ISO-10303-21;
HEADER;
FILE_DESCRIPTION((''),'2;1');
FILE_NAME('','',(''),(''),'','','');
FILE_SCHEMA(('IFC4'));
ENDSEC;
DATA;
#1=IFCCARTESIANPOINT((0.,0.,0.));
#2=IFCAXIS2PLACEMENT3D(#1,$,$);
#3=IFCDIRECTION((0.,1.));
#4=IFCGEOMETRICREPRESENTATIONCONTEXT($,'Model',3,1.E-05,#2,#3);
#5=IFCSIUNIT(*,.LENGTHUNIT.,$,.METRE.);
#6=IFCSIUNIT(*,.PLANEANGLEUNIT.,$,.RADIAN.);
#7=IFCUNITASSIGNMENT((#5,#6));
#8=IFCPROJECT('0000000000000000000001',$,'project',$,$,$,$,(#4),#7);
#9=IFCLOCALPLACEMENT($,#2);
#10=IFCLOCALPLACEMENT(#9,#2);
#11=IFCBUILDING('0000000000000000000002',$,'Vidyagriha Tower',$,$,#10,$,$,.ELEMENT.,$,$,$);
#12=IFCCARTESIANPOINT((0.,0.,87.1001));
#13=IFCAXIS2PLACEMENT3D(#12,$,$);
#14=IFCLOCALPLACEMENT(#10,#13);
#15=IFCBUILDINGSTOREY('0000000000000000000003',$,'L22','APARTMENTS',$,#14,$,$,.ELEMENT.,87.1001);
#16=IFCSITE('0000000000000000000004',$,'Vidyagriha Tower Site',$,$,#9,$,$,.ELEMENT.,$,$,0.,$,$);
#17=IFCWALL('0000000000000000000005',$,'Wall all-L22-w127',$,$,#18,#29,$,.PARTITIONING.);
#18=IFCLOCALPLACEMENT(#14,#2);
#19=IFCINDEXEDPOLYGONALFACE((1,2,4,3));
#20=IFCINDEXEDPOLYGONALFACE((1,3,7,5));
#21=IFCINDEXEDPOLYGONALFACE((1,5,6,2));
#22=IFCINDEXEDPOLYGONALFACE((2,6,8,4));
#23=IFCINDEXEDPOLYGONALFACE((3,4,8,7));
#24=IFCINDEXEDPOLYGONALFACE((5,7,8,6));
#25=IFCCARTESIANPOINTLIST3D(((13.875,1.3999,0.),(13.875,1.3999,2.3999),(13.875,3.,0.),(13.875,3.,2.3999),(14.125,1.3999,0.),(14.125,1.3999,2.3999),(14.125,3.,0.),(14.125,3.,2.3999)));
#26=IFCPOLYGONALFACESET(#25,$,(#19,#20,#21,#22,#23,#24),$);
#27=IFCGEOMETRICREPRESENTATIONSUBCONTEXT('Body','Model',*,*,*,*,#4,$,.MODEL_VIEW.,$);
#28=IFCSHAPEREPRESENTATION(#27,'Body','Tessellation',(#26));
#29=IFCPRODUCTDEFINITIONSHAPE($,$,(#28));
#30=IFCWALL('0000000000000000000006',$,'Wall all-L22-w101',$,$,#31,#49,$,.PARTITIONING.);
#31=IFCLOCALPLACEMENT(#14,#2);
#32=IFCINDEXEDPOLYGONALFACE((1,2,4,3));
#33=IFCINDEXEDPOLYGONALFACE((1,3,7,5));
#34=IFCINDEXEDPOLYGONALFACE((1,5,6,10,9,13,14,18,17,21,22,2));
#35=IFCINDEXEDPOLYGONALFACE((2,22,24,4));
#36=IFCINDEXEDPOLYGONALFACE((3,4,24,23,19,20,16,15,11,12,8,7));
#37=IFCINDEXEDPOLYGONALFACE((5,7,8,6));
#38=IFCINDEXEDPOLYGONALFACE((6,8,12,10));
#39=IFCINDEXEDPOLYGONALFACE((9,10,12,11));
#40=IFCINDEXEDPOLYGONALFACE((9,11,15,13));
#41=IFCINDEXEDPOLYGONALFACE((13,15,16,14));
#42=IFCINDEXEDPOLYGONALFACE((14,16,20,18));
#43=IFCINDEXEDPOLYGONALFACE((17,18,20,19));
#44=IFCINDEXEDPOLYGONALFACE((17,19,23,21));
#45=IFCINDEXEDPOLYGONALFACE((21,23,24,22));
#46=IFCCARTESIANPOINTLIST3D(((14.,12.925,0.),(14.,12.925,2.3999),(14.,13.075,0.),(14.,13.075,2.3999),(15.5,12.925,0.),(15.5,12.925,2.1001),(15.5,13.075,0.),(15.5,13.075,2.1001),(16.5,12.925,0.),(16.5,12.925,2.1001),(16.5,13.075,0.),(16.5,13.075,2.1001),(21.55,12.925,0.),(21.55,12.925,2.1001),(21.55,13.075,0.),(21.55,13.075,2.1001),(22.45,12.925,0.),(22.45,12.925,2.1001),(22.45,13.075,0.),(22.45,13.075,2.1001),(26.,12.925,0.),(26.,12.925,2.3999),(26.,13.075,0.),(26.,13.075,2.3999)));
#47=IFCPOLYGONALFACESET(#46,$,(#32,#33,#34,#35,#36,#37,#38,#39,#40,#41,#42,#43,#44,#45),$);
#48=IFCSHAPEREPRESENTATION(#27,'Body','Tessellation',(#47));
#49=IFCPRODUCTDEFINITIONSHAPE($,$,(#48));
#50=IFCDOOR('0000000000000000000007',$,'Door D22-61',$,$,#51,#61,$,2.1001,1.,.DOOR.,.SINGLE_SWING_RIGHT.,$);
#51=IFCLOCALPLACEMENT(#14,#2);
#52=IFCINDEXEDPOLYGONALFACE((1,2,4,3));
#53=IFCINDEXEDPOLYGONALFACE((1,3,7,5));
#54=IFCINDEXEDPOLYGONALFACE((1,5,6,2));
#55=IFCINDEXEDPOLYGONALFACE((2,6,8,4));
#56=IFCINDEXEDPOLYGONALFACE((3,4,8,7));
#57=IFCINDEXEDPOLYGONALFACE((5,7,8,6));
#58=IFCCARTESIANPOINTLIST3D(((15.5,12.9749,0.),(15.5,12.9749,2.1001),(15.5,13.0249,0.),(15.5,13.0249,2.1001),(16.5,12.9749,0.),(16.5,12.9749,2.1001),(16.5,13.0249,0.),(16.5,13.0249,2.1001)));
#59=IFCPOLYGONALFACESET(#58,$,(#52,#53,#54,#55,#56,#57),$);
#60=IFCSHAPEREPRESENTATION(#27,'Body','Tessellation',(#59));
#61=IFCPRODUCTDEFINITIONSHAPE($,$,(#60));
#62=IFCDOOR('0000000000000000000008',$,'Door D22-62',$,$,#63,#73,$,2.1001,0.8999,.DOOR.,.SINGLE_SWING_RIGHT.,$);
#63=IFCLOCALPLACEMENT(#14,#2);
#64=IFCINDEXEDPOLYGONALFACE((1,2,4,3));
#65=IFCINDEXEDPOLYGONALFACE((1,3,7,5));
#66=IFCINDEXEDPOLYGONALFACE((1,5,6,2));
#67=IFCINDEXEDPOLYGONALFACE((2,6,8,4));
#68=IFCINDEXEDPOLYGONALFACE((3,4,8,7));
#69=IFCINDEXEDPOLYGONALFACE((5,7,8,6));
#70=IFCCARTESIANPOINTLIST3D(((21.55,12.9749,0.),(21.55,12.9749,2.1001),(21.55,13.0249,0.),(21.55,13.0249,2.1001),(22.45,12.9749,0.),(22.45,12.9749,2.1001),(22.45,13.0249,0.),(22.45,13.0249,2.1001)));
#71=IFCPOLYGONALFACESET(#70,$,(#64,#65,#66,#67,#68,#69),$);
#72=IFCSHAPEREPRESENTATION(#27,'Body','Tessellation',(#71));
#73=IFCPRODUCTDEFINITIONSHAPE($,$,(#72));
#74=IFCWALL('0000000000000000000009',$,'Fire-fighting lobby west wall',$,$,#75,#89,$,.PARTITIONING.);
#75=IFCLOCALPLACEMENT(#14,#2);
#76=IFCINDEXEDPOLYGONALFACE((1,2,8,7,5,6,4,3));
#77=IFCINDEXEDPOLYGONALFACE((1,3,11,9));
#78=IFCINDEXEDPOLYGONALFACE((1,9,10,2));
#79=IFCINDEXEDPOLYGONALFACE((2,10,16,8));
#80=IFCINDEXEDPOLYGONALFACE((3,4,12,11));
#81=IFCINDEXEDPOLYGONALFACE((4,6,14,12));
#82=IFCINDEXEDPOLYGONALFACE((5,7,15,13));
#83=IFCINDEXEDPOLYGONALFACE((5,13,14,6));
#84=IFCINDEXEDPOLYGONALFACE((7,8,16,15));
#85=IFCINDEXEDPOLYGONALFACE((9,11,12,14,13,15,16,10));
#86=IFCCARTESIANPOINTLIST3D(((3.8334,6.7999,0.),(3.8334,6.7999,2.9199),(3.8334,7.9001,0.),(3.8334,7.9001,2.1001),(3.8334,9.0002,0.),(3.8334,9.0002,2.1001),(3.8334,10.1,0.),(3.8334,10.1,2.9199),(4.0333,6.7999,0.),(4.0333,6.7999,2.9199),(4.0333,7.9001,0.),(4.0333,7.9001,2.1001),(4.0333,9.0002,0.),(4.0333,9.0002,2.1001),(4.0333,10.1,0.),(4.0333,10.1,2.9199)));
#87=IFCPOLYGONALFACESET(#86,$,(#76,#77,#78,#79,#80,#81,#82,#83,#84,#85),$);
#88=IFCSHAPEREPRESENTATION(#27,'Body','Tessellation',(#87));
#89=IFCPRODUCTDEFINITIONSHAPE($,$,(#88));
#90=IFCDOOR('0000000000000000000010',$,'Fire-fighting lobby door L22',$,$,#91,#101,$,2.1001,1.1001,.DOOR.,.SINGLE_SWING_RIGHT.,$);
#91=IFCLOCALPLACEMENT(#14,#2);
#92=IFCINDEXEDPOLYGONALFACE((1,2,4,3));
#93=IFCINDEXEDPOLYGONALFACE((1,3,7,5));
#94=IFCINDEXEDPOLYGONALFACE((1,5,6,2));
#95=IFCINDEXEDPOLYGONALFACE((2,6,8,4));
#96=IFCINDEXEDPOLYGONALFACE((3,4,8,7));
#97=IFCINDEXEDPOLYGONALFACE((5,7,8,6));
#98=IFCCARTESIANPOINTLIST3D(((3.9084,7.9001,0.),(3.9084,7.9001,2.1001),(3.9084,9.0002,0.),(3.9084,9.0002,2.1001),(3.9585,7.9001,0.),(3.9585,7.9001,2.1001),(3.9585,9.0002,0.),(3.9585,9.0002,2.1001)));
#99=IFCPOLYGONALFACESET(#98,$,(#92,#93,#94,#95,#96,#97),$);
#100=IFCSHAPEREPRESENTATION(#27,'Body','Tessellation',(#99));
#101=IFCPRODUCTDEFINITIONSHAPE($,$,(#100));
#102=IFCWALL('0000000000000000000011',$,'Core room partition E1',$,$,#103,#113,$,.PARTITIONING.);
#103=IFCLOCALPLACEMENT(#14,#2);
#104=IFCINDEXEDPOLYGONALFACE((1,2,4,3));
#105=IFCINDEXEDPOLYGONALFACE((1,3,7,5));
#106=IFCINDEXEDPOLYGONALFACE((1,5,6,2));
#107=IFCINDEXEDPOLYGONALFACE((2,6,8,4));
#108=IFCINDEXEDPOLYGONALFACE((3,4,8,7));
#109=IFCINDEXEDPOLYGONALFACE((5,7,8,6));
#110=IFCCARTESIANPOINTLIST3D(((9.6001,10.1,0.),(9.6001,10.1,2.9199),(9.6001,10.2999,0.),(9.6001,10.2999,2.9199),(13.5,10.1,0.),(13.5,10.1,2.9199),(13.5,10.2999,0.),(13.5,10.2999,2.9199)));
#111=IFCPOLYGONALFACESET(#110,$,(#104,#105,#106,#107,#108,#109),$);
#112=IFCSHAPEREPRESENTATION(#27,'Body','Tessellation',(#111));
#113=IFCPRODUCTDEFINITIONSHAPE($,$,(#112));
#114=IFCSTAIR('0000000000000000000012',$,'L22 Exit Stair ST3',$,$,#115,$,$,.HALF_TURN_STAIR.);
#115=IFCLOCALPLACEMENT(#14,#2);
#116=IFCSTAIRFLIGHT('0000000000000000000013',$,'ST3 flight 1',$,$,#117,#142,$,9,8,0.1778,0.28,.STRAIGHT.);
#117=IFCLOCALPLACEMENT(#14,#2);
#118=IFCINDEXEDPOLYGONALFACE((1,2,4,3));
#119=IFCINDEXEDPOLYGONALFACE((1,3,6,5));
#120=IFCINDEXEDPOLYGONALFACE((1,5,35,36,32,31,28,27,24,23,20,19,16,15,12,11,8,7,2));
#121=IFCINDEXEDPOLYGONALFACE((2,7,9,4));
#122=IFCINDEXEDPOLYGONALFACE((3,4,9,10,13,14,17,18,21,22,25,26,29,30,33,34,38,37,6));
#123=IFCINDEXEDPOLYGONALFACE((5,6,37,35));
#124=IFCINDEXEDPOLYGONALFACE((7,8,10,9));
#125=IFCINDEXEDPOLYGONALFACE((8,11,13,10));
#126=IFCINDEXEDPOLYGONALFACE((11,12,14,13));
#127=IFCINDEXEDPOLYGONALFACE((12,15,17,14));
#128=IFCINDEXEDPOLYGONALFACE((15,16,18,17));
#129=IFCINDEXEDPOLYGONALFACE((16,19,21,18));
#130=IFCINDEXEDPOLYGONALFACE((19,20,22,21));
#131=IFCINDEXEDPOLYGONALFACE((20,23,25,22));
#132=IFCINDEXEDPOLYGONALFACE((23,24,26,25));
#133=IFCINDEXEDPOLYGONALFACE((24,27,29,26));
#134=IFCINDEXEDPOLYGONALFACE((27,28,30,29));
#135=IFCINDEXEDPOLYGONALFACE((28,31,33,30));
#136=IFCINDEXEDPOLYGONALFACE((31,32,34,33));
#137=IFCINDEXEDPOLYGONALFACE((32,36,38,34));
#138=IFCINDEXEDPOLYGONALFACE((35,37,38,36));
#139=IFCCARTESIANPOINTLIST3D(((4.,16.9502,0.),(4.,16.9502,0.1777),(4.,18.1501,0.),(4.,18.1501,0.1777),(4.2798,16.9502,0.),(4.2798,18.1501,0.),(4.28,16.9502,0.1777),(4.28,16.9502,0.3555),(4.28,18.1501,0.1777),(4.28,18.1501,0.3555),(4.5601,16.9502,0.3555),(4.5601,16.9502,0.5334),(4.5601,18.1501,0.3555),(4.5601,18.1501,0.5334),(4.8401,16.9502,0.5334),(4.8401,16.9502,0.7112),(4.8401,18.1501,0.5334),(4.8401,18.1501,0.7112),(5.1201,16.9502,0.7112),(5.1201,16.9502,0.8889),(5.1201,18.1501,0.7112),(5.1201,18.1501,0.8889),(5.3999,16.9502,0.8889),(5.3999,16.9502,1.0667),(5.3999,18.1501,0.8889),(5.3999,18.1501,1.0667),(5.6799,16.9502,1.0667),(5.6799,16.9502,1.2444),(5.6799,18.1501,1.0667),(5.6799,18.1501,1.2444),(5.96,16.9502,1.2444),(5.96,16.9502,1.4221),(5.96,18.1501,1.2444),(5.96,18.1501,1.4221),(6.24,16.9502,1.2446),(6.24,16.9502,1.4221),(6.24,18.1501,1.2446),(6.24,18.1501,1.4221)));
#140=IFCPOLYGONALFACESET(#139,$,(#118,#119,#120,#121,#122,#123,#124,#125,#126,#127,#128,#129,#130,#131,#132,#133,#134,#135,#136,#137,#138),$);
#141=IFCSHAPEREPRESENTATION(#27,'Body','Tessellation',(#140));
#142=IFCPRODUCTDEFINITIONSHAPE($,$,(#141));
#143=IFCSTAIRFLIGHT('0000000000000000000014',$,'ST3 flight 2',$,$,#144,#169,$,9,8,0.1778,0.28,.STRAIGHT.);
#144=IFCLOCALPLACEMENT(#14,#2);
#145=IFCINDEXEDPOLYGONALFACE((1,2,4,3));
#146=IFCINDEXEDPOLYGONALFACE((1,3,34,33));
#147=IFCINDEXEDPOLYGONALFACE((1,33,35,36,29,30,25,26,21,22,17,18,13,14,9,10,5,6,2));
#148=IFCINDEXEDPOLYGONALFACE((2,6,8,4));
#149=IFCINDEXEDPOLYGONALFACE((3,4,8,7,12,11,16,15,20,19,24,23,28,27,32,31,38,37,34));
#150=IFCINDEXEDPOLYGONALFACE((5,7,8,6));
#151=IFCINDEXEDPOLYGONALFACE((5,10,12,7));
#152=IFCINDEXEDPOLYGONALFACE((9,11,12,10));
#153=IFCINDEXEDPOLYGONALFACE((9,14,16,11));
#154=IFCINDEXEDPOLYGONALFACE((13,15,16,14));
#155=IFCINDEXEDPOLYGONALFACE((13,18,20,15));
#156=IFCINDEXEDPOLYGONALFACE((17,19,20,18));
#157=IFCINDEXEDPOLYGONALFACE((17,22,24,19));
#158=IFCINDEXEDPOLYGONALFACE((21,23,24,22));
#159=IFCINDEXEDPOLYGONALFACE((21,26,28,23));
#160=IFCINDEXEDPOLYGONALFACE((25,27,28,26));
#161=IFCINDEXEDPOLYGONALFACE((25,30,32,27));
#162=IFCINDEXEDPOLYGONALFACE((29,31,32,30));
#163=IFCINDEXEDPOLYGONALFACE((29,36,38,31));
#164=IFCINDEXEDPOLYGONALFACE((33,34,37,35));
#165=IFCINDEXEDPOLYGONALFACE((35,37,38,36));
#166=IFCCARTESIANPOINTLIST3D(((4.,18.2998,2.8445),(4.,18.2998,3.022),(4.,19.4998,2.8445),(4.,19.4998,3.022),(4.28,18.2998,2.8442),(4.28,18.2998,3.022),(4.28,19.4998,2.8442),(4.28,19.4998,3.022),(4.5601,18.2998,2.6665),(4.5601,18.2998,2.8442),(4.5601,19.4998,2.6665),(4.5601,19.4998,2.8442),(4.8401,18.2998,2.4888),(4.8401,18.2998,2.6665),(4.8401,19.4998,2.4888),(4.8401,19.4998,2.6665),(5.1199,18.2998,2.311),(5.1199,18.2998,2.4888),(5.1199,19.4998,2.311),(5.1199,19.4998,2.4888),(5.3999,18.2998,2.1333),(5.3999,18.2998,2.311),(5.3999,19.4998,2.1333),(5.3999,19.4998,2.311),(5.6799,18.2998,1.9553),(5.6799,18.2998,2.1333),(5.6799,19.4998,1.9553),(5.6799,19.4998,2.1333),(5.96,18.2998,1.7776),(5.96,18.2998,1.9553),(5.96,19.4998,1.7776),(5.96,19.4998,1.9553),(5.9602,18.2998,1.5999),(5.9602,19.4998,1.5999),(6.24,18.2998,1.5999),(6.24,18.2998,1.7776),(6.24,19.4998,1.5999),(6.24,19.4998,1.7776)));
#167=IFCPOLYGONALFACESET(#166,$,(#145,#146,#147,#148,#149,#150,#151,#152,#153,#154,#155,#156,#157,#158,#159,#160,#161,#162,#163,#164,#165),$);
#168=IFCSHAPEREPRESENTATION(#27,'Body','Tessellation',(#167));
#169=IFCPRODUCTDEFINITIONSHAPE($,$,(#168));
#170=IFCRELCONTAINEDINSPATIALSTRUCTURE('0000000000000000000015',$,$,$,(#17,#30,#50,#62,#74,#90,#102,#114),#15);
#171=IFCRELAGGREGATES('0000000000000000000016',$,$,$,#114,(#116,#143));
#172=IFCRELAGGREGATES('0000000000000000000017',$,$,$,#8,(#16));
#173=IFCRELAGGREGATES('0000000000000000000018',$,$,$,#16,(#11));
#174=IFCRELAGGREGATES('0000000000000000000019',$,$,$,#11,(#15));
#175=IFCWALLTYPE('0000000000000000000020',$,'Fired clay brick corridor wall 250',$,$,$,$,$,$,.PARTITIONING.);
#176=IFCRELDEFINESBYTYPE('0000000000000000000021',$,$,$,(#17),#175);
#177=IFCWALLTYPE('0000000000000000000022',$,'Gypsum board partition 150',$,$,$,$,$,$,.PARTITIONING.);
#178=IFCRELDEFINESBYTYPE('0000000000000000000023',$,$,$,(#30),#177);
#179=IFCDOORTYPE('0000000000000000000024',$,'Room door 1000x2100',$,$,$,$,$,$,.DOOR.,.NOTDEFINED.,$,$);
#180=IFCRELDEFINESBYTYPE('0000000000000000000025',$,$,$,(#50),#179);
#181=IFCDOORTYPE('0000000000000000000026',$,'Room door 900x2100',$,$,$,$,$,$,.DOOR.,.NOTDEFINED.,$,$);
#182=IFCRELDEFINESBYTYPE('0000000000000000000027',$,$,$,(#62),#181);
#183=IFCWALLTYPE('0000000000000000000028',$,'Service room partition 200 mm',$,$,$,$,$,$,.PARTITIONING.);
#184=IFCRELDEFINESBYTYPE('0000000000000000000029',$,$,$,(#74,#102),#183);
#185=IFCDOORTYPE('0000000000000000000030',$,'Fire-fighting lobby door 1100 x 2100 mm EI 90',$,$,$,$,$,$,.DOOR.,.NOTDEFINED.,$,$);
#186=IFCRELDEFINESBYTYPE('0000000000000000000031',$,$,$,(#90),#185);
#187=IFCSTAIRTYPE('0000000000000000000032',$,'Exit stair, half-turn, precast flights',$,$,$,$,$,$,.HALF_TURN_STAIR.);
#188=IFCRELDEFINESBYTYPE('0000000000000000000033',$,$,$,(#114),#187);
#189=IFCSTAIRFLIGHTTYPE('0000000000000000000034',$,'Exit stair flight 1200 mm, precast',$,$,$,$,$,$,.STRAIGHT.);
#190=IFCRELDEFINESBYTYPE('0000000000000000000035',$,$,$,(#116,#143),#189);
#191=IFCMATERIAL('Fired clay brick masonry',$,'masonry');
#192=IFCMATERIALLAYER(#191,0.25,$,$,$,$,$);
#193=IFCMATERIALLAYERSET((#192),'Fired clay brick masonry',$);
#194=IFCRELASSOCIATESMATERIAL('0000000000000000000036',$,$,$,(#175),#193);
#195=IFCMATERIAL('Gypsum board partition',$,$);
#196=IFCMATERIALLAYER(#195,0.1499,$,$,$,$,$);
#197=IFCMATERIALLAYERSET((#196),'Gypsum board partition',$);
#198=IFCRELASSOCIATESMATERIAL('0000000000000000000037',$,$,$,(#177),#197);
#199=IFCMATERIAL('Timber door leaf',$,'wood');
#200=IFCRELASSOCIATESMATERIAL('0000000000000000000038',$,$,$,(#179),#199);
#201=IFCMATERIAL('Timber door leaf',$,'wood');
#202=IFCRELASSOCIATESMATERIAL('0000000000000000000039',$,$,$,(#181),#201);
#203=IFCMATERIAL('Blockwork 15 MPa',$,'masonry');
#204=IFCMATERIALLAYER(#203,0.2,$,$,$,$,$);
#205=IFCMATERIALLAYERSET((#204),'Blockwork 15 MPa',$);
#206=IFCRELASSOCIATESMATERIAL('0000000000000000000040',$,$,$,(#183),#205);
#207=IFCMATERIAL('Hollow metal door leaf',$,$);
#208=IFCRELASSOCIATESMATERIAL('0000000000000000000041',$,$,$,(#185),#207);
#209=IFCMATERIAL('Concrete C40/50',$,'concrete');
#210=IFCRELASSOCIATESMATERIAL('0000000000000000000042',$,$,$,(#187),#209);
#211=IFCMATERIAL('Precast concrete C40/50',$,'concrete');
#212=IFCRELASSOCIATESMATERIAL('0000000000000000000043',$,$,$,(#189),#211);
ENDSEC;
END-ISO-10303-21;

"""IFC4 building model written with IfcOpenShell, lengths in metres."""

from ifc_helpers import new_model, si_unit, direction, frame, frame_2d, origin, place, context, subcontext, project, spatial, polyline, rectangle, outline, extrude, material, layer, layer_set, type_object, element, fill, aggregate, save


model = new_model("IFC4")

# Units and contexts
model_context = context("Model", 3, precision=1e-05, world=origin(), true_north=direction((0.0, 1.0)))
body_context = subcontext(model_context, "Body", "Model", "MODEL_VIEW")
ifc_project = project(units=[si_unit("LENGTHUNIT", "METRE"), si_unit("PLANEANGLEUNIT", "RADIAN")], contexts=[model_context])

# Site, building, storey
site_placement = place(None, origin())
site = spatial("IfcSite", under=ifc_project, at=site_placement, Name="Vidyagriha Tower Site", CompositionType="ELEMENT", RefElevation=0.0)
building_placement = place(site_placement, origin())
building = spatial("IfcBuilding", under=site, at=building_placement, Name="Vidyagriha Tower", CompositionType="ELEMENT")
storey_placement = place(building_placement, frame((0.0, 0.0, 87.1001)))
storey = spatial("IfcBuildingStorey", under=building, at=storey_placement, Name="L22", Description="APARTMENTS", CompositionType="ELEMENT", Elevation=87.1001)

# Wall
ifc_material_1 = material(Name="Fired clay brick masonry", Category="masonry")
ifc_layer_1 = layer(ifc_material_1, 0.25)
ifc_layer_set_1 = layer_set([ifc_layer_1], Name="Fired clay brick masonry")
wall_type_1 = type_object("IfcWallType", Name="Fired clay brick corridor wall 250", PredefinedType="PARTITIONING", material=ifc_layer_set_1)
wall_1_placement = place(storey_placement, frame((14.0, 1.3999, 0.0), z_axis=(0.0, 0.0, 1.0), x_axis=(0.0, 1.0, 0.0)))
element("IfcWall", 1, at=wall_1_placement, inside=storey, type_object=wall_type_1, Name="Wall all-L22-w127", PredefinedType="PARTITIONING", context=body_context, shape_type="SweptSolid", body=[
    extrude(rectangle(XDim=1.6001, YDim=0.25, at=frame_2d((0.8, 0.0))), origin(), (0.0, 0.0, 1.0), 2.3999),
])

# Wall, openings, doors
ifc_material_2 = material(Name="Gypsum board partition")
ifc_layer_2 = layer(ifc_material_2, 0.1499)
ifc_layer_set_2 = layer_set([ifc_layer_2], Name="Gypsum board partition")
wall_type_2 = type_object("IfcWallType", Name="Gypsum board partition 150", PredefinedType="PARTITIONING", material=ifc_layer_set_2)
wall_2_placement = place(storey_placement, frame((14.0, 13.0, 0.0)))
wall_2 = element("IfcWall", 2, at=wall_2_placement, inside=storey, type_object=wall_type_2, Name="Wall all-L22-w101", PredefinedType="PARTITIONING", context=body_context, shape_type="SweptSolid", body=[
    extrude(rectangle(XDim=12.0, YDim=0.1499, at=frame_2d((6.0, 0.0))), origin(), (0.0, 0.0, 1.0), 2.3999),
])
opening_1_placement = place(wall_2_placement, frame((1.5, 0.0, 0.0)))
opening_1 = element("IfcOpeningElement", 3, at=opening_1_placement, cuts=wall_2, PredefinedType="OPENING", context=body_context, shape_type="SweptSolid", body=[
    extrude(rectangle(XDim=1.0, YDim=2.1001, at=frame_2d((0.5, 1.05))), frame((0.0, 0.085, 0.0), z_axis=(0.0, -1.0, 0.0), x_axis=(1.0, 0.0, 0.0)), (0.0, 0.0, 1.0), 0.1699),
])
opening_2_placement = place(wall_2_placement, frame((7.55, 0.0, 0.0)))
opening_2 = element("IfcOpeningElement", 4, at=opening_2_placement, cuts=wall_2, PredefinedType="OPENING", context=body_context, shape_type="SweptSolid", body=[
    extrude(rectangle(XDim=0.8999, YDim=2.1001, at=frame_2d((0.45, 1.05))), frame((0.0, 0.085, 0.0), z_axis=(0.0, -1.0, 0.0), x_axis=(1.0, 0.0, 0.0)), (0.0, 0.0, 1.0), 0.1699),
])
ifc_material_3 = material(Name="Timber door leaf", Category="wood")
door_type_1 = type_object("IfcDoorType", Name="Room door 1000x2100", OperationType="NOTDEFINED", PredefinedType="DOOR", material=ifc_material_3)
door_1_placement = place(opening_1_placement, origin())
door_1 = element("IfcDoor", 5, at=door_1_placement, inside=storey, type_object=door_type_1, Name="Door D22-61", OperationType="SINGLE_SWING_RIGHT", OverallHeight=2.1001, OverallWidth=1.0, PredefinedType="DOOR", context=body_context, shape_type="SweptSolid", body=[
    extrude(rectangle(XDim=1.0, YDim=2.1001, at=frame_2d((0.5, 1.05))), frame((0.0, 0.0249, 0.0), z_axis=(0.0, -1.0, 0.0), x_axis=(1.0, 0.0, 0.0)), (0.0, 0.0, 1.0), 0.05),
])
fill(opening_1, door_1)
ifc_material_4 = material(Name="Timber door leaf", Category="wood")
door_type_2 = type_object("IfcDoorType", Name="Room door 900x2100", OperationType="NOTDEFINED", PredefinedType="DOOR", material=ifc_material_4)
door_2_placement = place(opening_2_placement, origin())
door_2 = element("IfcDoor", 6, at=door_2_placement, inside=storey, type_object=door_type_2, Name="Door D22-62", OperationType="SINGLE_SWING_RIGHT", OverallHeight=2.1001, OverallWidth=0.8999, PredefinedType="DOOR", context=body_context, shape_type="SweptSolid", body=[
    extrude(rectangle(XDim=0.8999, YDim=2.1001, at=frame_2d((0.45, 1.05))), frame((0.0, 0.0249, 0.0), z_axis=(0.0, -1.0, 0.0), x_axis=(1.0, 0.0, 0.0)), (0.0, 0.0, 1.0), 0.05),
])
fill(opening_2, door_2)

# Wall, opening, door
ifc_material_5 = material(Name="Blockwork 15 MPa", Category="masonry")
ifc_layer_3 = layer(ifc_material_5, 0.2)
ifc_layer_set_3 = layer_set([ifc_layer_3], Name="Blockwork 15 MPa")
wall_type_3 = type_object("IfcWallType", Name="Service room partition 200 mm", PredefinedType="PARTITIONING", material=ifc_layer_set_3)
wall_3_placement = place(storey_placement, frame((3.9333, 6.8, 0.0), z_axis=(0.0, 0.0, 1.0), x_axis=(0.0, 1.0, 0.0)))
wall_3 = element("IfcWall", 7, at=wall_3_placement, inside=storey, type_object=wall_type_3, Name="Fire-fighting lobby west wall", PredefinedType="PARTITIONING", context=body_context, shape_type="SweptSolid", body=[
    extrude(rectangle(XDim=3.3, YDim=0.2, at=frame_2d((1.6499, 0.0))), origin(), (0.0, 0.0, 1.0), 2.9199),
])
opening_3_placement = place(wall_3_placement, frame((1.1001, 0.0, 0.0)))
opening_3 = element("IfcOpeningElement", 8, at=opening_3_placement, cuts=wall_3, PredefinedType="OPENING", context=body_context, shape_type="SweptSolid", body=[
    extrude(rectangle(XDim=1.1001, YDim=2.1001, at=frame_2d((0.55, 1.05))), frame((0.0, 0.1099, 0.0), z_axis=(0.0, -1.0, 0.0), x_axis=(1.0, 0.0, 0.0)), (0.0, 0.0, 1.0), 0.22),
])
ifc_material_6 = material(Name="Hollow metal door leaf")
door_type_3 = type_object("IfcDoorType", Name="Fire-fighting lobby door 1100 x 2100 mm EI 90", OperationType="NOTDEFINED", PredefinedType="DOOR", material=ifc_material_6)
door_3_placement = place(opening_3_placement, origin())
door_3 = element("IfcDoor", 9, at=door_3_placement, inside=storey, type_object=door_type_3, Name="Fire-fighting lobby door L22", OperationType="SINGLE_SWING_RIGHT", OverallHeight=2.1001, OverallWidth=1.1001, PredefinedType="DOOR", context=body_context, shape_type="SweptSolid", body=[
    extrude(rectangle(XDim=1.1001, YDim=2.1001, at=frame_2d((0.55, 1.05))), frame((0.0, 0.0249, 0.0), z_axis=(0.0, -1.0, 0.0), x_axis=(1.0, 0.0, 0.0)), (0.0, 0.0, 1.0), 0.05),
])
fill(opening_3, door_3)

# Wall
wall_4_placement = place(storey_placement, frame((9.6001, 10.2, 0.0)))
element("IfcWall", 10, at=wall_4_placement, inside=storey, type_object=wall_type_3, Name="Core room partition E1", PredefinedType="PARTITIONING", context=body_context, shape_type="SweptSolid", body=[
    extrude(rectangle(XDim=3.8999, YDim=0.2, at=frame_2d((1.95, 0.0))), origin(), (0.0, 0.0, 1.0), 2.9199),
])

# Stair, stair flights
ifc_material_7 = material(Name="Concrete C40/50", Category="concrete")
stair_type = type_object("IfcStairType", Name="Exit stair, half-turn, precast flights", PredefinedType="HALF_TURN_STAIR", material=ifc_material_7)
stair_placement = place(storey_placement, origin())
stair = element("IfcStair", 11, at=stair_placement, inside=storey, type_object=stair_type, Name="L22 Exit Stair ST3", PredefinedType="HALF_TURN_STAIR")
ifc_material_8 = material(Name="Precast concrete C40/50", Category="concrete")
stair_flight_type = type_object("IfcStairFlightType", Name="Exit stair flight 1200 mm, precast", PredefinedType="STRAIGHT", material=ifc_material_8)
stair_flight_1_placement = place(storey_placement, frame((4.0, 17.55, 0.0)))
stair_flight_1 = element("IfcStairFlight", 12, at=stair_flight_1_placement, type_object=stair_flight_type, Name="ST3 flight 1", NumberOfRisers=9, NumberOfTreads=8, PredefinedType="STRAIGHT", RiserHeight=0.1778, TreadLength=0.28, context=body_context, shape_type="SweptSolid", body=[
    extrude(outline(polyline([(0.0, 0.0), (0.0, 0.1777), (0.28, 0.1777), (0.28, 0.3555), (0.5601, 0.3555), (0.5601, 0.5334), (0.8401, 0.5334), (0.8401, 0.7112), (1.1201, 0.7112), (1.1201, 0.8889), (1.3999, 0.8889), (1.3999, 1.0667), (1.6799, 1.0667), (1.6799, 1.2444), (1.96, 1.2444), (1.96, 1.4221), (2.24, 1.4221), (2.24, 1.6001), (2.24, 1.2446), (0.2798, 0.0), (0.0, 0.0)])), frame((0.0, 0.6001, 0.0), z_axis=(0.0, -1.0, 0.0), x_axis=(1.0, 0.0, 0.0)), (0.0, 0.0, 1.0), 1.2),
])
stair_flight_2_placement = place(storey_placement, frame((6.24, 18.8999, 1.5999), z_axis=(0.0, 0.0, 1.0), x_axis=(-1.0, 0.0, 0.0)))
stair_flight_2 = element("IfcStairFlight", 13, at=stair_flight_2_placement, type_object=stair_flight_type, Name="ST3 flight 2", NumberOfRisers=9, NumberOfTreads=8, PredefinedType="STRAIGHT", RiserHeight=0.1778, TreadLength=0.28, context=body_context, shape_type="SweptSolid", body=[
    extrude(outline(polyline([(0.0, 0.0), (0.0, 0.1777), (0.28, 0.1777), (0.28, 0.3555), (0.5601, 0.3555), (0.5601, 0.5334), (0.8401, 0.5334), (0.8401, 0.7112), (1.1201, 0.7112), (1.1201, 0.8889), (1.3999, 0.8889), (1.3999, 1.0667), (1.6799, 1.0667), (1.6799, 1.2444), (1.96, 1.2444), (1.96, 1.4221), (2.24, 1.4221), (2.24, 1.6001), (2.24, 1.2446), (0.2798, 0.0), (0.0, 0.0)])), frame((0.0, 0.6001, 0.0), z_axis=(0.0, -1.0, 0.0), x_axis=(1.0, 0.0, 0.0)), (0.0, 0.0, 1.0), 1.2),
])
aggregate(stair, [stair_flight_1, stair_flight_2])

save(model, "model.ifc")
